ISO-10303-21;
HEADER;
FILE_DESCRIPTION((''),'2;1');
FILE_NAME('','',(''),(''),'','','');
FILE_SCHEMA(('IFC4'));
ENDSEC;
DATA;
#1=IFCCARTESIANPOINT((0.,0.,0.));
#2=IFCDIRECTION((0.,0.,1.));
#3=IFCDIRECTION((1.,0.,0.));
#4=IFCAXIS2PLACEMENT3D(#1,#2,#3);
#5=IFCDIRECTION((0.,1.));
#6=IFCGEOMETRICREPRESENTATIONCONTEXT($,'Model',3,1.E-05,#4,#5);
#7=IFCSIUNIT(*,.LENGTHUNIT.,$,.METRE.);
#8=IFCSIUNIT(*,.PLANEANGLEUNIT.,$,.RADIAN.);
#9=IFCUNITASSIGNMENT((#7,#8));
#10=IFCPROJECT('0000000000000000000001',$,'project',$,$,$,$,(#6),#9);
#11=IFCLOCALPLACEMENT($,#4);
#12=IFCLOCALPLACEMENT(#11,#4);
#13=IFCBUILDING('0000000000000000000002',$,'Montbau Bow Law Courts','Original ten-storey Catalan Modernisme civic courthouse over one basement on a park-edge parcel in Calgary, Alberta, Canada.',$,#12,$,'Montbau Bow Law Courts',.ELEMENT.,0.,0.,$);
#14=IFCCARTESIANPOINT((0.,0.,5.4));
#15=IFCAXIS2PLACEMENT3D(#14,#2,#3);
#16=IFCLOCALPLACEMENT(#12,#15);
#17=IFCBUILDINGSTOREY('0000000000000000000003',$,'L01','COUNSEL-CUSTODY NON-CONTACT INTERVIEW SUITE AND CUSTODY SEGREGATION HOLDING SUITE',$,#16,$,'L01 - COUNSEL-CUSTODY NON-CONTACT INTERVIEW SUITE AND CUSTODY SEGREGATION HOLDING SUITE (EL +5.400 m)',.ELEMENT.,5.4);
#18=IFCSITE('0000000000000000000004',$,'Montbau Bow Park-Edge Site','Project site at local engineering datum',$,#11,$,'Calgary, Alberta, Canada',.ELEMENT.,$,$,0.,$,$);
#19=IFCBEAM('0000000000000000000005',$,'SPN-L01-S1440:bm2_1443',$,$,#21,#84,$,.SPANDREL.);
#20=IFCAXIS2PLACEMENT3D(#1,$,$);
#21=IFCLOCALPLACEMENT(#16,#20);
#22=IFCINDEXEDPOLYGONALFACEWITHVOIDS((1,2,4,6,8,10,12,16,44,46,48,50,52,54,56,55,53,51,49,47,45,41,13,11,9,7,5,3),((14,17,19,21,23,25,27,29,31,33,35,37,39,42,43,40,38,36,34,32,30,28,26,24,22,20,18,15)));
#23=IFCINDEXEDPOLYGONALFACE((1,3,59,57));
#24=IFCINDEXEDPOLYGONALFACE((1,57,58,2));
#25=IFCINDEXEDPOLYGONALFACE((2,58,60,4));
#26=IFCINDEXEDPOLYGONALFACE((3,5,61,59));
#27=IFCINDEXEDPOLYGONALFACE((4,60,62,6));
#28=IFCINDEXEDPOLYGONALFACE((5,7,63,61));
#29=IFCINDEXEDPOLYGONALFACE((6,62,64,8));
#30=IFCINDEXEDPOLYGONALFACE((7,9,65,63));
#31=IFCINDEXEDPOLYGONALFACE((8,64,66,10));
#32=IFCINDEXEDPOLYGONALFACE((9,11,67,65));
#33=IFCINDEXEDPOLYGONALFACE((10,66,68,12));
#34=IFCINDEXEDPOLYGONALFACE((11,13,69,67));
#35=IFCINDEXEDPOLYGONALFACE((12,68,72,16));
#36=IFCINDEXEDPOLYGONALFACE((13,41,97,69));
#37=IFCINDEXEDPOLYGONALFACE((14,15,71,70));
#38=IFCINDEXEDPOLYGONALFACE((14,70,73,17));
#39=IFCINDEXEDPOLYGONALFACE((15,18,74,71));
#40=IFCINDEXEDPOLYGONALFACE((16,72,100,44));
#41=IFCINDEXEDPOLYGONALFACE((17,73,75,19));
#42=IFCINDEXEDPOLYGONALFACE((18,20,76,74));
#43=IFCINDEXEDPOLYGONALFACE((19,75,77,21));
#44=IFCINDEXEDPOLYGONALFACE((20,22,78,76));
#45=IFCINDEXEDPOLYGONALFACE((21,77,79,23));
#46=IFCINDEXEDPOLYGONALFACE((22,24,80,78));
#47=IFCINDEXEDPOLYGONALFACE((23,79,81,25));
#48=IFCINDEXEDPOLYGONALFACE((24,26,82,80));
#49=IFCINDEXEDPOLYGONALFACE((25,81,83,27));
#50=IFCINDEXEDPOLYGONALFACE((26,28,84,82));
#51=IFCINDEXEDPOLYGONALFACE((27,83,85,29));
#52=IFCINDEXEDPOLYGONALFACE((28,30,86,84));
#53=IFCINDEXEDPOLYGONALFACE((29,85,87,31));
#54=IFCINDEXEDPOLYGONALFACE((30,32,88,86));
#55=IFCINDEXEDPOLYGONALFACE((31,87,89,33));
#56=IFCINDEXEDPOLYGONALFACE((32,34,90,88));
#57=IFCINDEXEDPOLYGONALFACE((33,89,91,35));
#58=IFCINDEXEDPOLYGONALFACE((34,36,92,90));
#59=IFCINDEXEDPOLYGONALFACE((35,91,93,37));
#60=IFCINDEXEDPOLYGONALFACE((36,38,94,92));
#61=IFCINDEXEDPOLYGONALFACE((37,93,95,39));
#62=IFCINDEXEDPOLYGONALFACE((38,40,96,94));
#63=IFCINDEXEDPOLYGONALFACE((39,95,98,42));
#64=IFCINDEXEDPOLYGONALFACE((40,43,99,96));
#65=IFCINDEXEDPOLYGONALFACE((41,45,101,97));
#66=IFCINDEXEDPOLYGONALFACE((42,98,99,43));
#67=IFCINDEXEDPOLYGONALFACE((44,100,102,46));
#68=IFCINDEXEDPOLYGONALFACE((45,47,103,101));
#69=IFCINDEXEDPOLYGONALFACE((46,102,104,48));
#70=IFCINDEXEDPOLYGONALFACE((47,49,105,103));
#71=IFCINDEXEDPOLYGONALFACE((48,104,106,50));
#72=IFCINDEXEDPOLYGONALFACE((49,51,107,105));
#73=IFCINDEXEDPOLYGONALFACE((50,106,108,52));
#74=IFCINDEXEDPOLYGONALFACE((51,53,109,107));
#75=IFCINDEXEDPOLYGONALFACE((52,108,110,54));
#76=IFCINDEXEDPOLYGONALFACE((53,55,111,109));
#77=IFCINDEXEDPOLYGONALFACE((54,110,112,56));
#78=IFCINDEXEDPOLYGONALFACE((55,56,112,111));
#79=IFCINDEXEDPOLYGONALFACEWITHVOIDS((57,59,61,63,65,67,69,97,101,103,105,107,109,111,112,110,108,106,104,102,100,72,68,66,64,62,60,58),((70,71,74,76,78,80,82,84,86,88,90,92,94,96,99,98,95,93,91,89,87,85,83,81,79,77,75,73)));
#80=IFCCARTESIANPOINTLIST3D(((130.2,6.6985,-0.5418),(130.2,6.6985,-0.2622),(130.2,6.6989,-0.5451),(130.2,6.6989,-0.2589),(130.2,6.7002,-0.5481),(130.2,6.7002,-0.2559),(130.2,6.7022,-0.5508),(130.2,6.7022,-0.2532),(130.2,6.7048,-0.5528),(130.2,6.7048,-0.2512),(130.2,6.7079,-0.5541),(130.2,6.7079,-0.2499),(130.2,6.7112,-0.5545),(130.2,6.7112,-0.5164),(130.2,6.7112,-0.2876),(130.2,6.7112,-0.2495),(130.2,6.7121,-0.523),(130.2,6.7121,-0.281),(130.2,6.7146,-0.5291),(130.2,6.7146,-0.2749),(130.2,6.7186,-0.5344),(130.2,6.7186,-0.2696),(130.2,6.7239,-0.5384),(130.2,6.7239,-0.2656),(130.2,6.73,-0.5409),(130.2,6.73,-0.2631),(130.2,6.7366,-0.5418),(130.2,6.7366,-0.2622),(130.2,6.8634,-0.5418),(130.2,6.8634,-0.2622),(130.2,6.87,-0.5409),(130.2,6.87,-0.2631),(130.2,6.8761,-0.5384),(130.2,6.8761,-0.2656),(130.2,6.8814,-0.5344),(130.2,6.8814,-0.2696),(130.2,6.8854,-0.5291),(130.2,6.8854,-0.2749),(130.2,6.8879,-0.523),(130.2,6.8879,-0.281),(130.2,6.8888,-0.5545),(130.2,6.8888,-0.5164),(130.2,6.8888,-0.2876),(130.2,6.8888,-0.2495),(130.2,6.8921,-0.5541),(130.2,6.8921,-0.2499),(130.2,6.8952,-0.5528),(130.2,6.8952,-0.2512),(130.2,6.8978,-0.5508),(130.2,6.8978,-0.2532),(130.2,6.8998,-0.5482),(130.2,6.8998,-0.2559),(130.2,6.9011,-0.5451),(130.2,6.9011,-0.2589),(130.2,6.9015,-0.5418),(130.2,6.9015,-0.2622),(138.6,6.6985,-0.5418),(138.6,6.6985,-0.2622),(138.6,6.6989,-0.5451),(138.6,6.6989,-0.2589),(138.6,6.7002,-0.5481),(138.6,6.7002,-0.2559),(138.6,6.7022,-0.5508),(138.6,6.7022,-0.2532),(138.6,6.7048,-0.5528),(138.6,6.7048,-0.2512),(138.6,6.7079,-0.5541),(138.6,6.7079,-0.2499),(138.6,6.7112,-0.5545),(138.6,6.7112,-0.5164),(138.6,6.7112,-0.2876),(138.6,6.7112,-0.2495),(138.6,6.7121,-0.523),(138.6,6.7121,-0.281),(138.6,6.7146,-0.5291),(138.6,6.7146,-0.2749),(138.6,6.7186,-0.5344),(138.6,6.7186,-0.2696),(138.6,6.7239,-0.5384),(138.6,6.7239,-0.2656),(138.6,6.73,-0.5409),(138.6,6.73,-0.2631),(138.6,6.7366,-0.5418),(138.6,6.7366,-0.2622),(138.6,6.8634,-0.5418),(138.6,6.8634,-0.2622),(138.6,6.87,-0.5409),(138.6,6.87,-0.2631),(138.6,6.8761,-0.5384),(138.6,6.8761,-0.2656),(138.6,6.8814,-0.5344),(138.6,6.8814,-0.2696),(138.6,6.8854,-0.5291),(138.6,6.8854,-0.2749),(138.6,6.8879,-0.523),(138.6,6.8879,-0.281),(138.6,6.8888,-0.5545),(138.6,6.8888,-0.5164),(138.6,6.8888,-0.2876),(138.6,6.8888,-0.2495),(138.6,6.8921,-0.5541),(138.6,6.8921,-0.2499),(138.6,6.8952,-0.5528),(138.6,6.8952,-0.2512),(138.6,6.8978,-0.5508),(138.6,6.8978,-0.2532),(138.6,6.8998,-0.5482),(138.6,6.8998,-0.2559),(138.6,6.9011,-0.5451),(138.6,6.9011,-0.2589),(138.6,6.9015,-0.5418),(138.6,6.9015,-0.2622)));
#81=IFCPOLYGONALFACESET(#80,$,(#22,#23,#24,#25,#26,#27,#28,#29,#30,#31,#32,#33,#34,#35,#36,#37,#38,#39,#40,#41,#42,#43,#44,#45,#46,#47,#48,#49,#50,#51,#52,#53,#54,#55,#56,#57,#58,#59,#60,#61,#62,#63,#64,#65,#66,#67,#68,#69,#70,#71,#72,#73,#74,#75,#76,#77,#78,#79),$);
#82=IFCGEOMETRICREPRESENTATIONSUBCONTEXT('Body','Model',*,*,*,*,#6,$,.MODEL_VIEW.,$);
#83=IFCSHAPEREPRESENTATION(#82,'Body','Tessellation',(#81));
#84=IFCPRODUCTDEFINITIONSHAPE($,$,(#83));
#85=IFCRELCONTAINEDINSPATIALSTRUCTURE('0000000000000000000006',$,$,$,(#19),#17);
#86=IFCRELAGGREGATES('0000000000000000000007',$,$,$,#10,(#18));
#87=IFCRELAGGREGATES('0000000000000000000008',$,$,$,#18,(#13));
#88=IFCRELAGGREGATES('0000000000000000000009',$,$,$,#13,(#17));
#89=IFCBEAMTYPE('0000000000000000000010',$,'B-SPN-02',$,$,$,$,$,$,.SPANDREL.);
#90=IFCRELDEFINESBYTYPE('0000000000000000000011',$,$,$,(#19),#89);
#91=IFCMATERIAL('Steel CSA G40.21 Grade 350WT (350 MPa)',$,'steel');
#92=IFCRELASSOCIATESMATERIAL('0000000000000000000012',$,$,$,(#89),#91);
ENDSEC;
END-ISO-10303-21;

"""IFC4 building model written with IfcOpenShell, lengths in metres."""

from ifc_helpers import new_model, si_unit, direction, frame, origin_with_axes, origin_2d_with_axis, place, context, subcontext, project, spatial, hollow_rectangle, extrude, material, material_profile, profile_set, type_object, element, save


model = new_model("IFC4")

# Units and contexts
model_context = context("Model", 3, precision=1e-05, world=origin_with_axes(), true_north=direction((0.0, 1.0)))
body_context = subcontext(model_context, "Body", "Model", "MODEL_VIEW")
ifc_project = project(units=[si_unit("LENGTHUNIT", "METRE"), si_unit("PLANEANGLEUNIT", "RADIAN")], contexts=[model_context])

# Site, building, storey
site_placement = place(None, origin_with_axes())
site = spatial("IfcSite", under=ifc_project, at=site_placement, Name="Montbau Bow Park-Edge Site", Description="Project site at local engineering datum", LongName="Calgary, Alberta, Canada", CompositionType="ELEMENT", RefElevation=0.0)
building_placement = place(site_placement, origin_with_axes())
building = spatial("IfcBuilding", under=site, at=building_placement, Name="Montbau Bow Law Courts", Description="Original ten-storey Catalan Modernisme civic courthouse over one basement on a park-edge parcel in Calgary, Alberta, Canada.", LongName="Montbau Bow Law Courts", CompositionType="ELEMENT", ElevationOfRefHeight=0.0, ElevationOfTerrain=0.0)
storey_placement = place(building_placement, frame((0.0, 0.0, 5.4), z_axis=(0.0, 0.0, 1.0), x_axis=(1.0, 0.0, 0.0)))
storey = spatial("IfcBuildingStorey", under=building, at=storey_placement, Name="L01", Description="COUNSEL-CUSTODY NON-CONTACT INTERVIEW SUITE AND CUSTODY SEGREGATION HOLDING SUITE", LongName="L01 - COUNSEL-CUSTODY NON-CONTACT INTERVIEW SUITE AND CUSTODY SEGREGATION HOLDING SUITE (EL +5.400 m)", CompositionType="ELEMENT", Elevation=5.4)

# Beam
ifc_material_1 = material(Name="Steel CSA G40.21 Grade 350WT (350 MPa)", Category="steel")
ifc_material_profile_1 = material_profile(ifc_material_1, hollow_rectangle(XDim=0.203, YDim=0.305, WallThickness=0.0127, InnerFilletRadius=0.0254, OuterFilletRadius=0.0127, at=origin_2d_with_axis()), Name="HSS305X203X13", Category="Main", Priority=0)
ifc_profile_set_1 = profile_set([ifc_material_profile_1], Name="Steel CSA G40.21 Grade 350WT (350 MPa)")
beam_type_1 = type_object("IfcBeamType", Name="B-SPN-02", PredefinedType="SPANDREL", material=ifc_profile_set_1)
beam_1_placement = place(None, frame((130.2, 6.8, 4.998), z_axis=(1.0, 0.0, 0.0), x_axis=(0.0, 1.0, 0.0)))
element("IfcBeam", 1, at=beam_1_placement, inside=storey, type_object=beam_type_1, Name="SPN-L01-S1440:bm2_1443", PredefinedType="SPANDREL", context=body_context, shape_type="SweptSolid", body=[
    extrude(hollow_rectangle(XDim=0.203, YDim=0.305, WallThickness=0.0127, InnerFilletRadius=0.0254, OuterFilletRadius=0.0127, at=origin_2d_with_axis()), origin_with_axes(), (0.0, 0.0, 1.0), 8.4),
])

save(model, "model.ifc")
